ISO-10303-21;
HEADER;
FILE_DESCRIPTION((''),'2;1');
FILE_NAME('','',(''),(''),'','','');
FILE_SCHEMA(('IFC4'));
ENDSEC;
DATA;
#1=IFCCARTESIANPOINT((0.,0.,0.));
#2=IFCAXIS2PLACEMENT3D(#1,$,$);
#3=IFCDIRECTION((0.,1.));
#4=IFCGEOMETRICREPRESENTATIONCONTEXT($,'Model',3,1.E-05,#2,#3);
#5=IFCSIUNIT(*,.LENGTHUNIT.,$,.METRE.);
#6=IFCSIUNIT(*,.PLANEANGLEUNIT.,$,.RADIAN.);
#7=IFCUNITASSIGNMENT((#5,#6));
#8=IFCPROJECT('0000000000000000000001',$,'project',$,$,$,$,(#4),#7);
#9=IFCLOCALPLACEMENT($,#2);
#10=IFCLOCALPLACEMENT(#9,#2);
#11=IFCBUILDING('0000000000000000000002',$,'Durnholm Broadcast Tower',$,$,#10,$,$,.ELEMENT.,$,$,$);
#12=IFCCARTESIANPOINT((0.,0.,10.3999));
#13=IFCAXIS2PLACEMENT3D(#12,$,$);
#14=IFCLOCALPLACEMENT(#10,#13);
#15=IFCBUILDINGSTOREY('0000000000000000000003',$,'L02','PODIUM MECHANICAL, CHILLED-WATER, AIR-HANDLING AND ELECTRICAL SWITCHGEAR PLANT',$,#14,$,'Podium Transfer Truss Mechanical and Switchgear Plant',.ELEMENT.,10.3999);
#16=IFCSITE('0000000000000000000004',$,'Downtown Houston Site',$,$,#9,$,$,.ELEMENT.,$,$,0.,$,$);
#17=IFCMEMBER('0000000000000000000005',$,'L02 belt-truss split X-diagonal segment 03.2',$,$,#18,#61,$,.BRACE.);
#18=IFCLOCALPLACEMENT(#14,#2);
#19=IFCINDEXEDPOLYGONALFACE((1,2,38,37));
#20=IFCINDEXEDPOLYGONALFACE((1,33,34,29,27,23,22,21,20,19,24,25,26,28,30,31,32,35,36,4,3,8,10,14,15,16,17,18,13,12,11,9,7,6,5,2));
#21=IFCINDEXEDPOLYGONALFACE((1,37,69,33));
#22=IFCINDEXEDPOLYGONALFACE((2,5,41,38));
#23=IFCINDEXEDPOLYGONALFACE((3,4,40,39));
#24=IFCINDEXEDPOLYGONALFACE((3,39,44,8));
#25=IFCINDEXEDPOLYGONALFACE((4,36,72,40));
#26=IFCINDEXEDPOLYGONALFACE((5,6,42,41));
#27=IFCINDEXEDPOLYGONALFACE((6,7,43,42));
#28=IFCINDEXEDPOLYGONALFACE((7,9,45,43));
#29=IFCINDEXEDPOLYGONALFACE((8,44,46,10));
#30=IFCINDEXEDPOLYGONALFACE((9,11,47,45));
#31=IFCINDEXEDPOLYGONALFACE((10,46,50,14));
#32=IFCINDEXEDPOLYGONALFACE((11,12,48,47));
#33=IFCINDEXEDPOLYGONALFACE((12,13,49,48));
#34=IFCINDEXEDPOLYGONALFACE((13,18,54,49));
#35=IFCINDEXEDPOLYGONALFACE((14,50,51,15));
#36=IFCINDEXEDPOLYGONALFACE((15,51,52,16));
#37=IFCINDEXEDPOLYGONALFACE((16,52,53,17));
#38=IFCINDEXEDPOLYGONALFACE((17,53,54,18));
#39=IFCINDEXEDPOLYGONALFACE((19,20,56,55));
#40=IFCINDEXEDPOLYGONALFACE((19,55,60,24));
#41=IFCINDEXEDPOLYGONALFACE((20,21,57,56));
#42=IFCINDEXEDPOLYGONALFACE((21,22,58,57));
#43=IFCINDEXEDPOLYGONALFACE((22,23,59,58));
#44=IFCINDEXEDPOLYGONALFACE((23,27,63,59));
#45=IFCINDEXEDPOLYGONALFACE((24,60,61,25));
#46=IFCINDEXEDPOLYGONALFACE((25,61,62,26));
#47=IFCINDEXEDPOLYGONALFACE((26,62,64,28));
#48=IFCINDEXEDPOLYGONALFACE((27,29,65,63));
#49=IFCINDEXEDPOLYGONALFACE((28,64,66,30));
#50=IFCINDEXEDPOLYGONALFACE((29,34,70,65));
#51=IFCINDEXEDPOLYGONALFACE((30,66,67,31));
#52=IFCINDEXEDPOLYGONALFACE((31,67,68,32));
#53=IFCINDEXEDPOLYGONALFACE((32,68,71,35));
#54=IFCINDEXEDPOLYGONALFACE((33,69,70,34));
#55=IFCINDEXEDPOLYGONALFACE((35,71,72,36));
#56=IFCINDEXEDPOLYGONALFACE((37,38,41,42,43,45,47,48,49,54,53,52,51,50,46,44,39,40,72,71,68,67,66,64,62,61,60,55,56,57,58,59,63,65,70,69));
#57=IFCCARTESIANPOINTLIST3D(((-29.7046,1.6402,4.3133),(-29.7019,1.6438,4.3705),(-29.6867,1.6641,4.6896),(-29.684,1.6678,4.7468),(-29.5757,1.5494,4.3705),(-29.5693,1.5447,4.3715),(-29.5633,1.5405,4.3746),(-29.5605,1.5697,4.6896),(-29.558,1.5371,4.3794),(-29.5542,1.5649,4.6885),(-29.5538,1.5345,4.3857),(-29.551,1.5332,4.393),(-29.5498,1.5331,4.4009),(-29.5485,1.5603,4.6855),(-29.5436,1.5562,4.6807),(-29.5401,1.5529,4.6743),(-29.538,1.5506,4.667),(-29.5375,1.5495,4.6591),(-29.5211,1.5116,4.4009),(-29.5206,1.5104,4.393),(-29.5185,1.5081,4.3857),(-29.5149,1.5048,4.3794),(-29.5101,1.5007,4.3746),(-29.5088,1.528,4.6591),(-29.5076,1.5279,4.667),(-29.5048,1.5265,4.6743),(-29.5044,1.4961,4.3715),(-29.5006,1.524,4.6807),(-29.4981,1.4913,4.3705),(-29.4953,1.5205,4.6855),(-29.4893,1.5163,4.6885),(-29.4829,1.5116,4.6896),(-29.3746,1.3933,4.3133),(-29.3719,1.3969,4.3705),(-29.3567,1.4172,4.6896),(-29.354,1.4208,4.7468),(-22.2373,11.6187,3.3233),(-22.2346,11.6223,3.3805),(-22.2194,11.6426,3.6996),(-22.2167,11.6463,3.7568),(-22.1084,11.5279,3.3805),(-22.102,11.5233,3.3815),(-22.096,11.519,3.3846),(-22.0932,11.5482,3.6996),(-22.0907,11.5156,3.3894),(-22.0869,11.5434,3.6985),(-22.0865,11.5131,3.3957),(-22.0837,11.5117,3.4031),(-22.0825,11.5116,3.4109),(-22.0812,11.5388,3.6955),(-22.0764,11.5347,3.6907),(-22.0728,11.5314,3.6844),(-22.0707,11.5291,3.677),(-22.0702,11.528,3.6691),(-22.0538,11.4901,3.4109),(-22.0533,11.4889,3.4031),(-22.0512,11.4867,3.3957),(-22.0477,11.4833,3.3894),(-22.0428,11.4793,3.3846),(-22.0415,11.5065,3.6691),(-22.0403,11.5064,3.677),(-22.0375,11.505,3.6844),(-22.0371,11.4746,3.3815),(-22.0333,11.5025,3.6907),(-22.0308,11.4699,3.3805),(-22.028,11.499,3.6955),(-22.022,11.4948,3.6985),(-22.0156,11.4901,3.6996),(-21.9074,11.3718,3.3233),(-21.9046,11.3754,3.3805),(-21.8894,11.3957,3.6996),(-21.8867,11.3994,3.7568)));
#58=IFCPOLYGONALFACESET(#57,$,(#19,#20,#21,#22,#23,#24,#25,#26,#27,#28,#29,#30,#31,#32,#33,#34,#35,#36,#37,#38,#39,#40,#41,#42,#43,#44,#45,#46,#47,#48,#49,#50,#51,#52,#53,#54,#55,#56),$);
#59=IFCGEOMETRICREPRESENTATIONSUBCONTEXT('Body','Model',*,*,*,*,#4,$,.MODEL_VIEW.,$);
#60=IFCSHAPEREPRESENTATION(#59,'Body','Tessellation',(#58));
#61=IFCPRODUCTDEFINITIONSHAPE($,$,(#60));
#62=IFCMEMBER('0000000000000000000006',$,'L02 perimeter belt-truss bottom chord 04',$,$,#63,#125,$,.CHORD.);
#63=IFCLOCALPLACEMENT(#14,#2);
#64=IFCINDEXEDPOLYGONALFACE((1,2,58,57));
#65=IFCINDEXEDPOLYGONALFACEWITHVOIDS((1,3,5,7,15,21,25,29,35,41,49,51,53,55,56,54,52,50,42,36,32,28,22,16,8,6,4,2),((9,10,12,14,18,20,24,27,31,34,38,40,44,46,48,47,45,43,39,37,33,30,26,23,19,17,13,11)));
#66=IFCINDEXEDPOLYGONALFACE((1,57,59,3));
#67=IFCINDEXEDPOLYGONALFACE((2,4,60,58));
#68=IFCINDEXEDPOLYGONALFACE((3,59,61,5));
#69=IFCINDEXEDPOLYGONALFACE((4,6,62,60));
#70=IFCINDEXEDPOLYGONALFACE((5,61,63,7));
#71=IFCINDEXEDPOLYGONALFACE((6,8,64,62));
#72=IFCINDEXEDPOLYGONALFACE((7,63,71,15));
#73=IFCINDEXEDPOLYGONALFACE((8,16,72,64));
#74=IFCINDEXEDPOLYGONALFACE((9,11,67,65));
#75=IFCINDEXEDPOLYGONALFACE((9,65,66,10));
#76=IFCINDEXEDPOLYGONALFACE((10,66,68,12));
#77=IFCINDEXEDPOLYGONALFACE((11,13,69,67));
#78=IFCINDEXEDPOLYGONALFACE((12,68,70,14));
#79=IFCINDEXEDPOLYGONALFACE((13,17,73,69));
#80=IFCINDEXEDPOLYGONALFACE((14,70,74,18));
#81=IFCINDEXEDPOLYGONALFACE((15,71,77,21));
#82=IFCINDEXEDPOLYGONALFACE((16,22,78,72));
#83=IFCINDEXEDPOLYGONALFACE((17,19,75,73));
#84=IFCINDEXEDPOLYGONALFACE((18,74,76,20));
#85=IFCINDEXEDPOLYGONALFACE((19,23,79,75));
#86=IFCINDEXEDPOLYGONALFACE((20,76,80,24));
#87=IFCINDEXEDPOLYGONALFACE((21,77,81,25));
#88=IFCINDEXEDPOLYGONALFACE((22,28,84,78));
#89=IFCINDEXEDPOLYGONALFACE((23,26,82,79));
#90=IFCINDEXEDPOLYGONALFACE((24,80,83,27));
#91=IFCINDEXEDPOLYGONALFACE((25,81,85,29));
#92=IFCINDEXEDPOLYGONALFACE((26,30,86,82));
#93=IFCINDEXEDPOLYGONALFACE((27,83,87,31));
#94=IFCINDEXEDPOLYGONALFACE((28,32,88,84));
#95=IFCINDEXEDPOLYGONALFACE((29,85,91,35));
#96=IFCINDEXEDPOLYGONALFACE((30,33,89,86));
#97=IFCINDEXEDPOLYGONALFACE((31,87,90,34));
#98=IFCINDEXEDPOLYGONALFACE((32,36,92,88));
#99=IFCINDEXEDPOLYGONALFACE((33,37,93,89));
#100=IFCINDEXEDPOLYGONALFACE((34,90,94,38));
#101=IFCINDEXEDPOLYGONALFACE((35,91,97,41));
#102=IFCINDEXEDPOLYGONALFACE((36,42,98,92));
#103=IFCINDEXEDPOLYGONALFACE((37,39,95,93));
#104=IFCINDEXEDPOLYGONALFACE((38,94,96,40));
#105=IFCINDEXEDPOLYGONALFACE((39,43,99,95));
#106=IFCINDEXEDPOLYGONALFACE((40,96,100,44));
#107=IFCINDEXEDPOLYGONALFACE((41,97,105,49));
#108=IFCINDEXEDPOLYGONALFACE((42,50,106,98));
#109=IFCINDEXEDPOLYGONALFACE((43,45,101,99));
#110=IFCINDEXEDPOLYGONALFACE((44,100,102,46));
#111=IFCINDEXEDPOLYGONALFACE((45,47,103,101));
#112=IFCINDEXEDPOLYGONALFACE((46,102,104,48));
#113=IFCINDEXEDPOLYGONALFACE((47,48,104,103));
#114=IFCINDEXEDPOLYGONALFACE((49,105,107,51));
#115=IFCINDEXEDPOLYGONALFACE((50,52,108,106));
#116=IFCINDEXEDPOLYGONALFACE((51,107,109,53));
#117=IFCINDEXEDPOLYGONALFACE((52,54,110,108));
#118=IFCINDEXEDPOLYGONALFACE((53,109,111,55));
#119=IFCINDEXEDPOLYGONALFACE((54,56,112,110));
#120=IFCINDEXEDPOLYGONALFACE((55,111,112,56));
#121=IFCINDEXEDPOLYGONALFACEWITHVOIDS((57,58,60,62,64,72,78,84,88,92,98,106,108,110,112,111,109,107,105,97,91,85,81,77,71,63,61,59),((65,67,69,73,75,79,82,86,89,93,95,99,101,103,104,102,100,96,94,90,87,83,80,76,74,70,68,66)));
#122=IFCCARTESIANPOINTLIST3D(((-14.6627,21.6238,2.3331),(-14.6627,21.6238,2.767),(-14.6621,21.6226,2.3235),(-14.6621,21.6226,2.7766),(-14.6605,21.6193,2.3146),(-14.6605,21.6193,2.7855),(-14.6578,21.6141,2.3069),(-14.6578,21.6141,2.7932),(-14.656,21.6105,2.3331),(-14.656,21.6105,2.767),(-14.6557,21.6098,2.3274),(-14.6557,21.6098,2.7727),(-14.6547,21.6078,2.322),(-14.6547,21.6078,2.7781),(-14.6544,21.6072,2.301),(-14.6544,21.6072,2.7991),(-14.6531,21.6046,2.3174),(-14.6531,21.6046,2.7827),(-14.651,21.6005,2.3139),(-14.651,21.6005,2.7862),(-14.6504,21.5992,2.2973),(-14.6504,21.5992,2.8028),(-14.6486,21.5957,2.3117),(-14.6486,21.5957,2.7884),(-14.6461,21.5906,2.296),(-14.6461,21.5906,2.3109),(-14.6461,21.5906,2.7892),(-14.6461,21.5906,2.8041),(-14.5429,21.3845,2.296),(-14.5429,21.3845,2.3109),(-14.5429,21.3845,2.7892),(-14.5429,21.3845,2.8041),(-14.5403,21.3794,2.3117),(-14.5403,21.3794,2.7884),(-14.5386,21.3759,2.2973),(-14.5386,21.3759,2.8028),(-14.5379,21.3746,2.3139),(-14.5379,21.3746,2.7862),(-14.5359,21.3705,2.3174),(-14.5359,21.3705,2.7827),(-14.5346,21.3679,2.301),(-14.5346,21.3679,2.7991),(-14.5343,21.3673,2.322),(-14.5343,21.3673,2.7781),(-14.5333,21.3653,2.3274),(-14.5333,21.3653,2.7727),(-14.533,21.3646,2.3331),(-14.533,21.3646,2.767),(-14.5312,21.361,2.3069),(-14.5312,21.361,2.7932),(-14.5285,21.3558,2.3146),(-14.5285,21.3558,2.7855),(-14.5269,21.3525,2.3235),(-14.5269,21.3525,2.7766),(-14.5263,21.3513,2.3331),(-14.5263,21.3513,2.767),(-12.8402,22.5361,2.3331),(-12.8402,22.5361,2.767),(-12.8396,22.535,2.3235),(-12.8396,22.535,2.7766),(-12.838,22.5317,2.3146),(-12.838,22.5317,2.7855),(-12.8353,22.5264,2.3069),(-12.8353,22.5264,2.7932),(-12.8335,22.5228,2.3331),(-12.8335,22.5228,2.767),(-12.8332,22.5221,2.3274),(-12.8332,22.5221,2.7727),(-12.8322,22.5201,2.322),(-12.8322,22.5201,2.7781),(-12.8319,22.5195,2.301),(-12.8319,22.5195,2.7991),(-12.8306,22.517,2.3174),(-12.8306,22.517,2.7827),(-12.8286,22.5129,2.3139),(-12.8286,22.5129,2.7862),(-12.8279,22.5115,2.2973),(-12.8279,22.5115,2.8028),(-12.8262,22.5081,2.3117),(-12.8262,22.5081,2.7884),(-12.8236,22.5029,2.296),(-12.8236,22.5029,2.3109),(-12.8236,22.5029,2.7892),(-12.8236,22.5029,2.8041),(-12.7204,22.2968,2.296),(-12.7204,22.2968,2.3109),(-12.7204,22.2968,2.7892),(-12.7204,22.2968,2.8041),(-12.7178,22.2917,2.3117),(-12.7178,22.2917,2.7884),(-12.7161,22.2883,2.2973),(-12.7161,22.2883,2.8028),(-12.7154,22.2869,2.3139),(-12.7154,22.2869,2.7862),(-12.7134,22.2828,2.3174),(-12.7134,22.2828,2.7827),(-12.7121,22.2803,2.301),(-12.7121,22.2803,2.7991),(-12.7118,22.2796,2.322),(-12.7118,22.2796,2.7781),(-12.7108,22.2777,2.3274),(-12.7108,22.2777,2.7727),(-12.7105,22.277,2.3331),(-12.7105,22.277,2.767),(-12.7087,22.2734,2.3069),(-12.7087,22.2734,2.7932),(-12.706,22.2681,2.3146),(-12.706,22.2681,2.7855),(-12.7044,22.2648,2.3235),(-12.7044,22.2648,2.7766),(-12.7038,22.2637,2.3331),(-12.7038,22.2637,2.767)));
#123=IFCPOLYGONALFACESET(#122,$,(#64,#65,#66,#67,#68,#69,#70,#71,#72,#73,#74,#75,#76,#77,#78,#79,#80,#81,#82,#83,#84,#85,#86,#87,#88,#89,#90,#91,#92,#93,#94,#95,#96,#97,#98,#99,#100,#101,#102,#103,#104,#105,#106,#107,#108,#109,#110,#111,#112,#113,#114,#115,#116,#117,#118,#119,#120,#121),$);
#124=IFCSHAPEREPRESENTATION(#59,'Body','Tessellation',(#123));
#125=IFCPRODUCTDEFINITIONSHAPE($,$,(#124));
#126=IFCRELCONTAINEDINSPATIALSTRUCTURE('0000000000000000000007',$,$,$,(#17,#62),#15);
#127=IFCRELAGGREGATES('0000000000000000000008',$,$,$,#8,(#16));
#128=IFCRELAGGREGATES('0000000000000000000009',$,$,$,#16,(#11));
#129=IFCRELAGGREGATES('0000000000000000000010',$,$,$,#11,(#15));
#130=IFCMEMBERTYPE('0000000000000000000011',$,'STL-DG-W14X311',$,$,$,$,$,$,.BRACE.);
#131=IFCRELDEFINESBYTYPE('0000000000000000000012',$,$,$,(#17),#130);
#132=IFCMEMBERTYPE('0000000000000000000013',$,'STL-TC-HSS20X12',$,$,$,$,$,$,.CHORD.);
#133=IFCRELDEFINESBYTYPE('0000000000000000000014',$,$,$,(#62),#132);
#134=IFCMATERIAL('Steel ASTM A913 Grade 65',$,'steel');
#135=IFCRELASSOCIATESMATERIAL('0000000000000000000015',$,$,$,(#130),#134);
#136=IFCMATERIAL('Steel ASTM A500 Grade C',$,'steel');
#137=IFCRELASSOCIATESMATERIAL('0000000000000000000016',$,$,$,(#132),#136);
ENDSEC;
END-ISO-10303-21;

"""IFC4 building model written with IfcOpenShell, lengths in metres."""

from ifc_helpers import new_model, si_unit, direction, frame, origin, origin_2d, place, context, subcontext, project, spatial, hollow_rectangle, i_section, extrude, source, transform, mapped, material, material_profile, profile_set, type_object, type_shapes, element, save


model = new_model("IFC4")

# Units and contexts
model_context = context("Model", 3, precision=1e-05, world=origin(), true_north=direction((0.0, 1.0)))
body_context = subcontext(model_context, "Body", "Model", "MODEL_VIEW")
ifc_project = project(units=[si_unit("LENGTHUNIT", "METRE"), si_unit("PLANEANGLEUNIT", "RADIAN")], contexts=[model_context])

# Site, building, storey
site_placement = place(None, origin())
site = spatial("IfcSite", under=ifc_project, at=site_placement, Name="Downtown Houston Site", CompositionType="ELEMENT", RefElevation=0.0)
building_placement = place(site_placement, origin())
building = spatial("IfcBuilding", under=site, at=building_placement, Name="Durnholm Broadcast Tower", CompositionType="ELEMENT")
storey_placement = place(building_placement, frame((0.0, 0.0, 10.3999)))
storey = spatial("IfcBuildingStorey", under=building, at=storey_placement, Name="L02", Description="PODIUM MECHANICAL, CHILLED-WATER, AIR-HANDLING AND ELECTRICAL SWITCHGEAR PLANT", LongName="Podium Transfer Truss Mechanical and Switchgear Plant", CompositionType="ELEMENT", Elevation=10.3999)

# Shared definitions
ifc_material_1 = material(Name="Steel ASTM A913 Grade 65", Category="steel")

# Members
ifc_material_profile_1 = material_profile(ifc_material_1, i_section(OverallWidth=0.4121, OverallDepth=0.4348, WebThickness=0.0359, FlangeThickness=0.0574, FilletRadius=0.0305, at=origin_2d()), Name="W14X311")
ifc_profile_set_1 = profile_set([ifc_material_profile_1], Name="Steel ASTM A913 Grade 65")
member_type_1 = type_object("IfcMemberType", Name="STL-DG-W14X311", PredefinedType="BRACE", material=ifc_profile_set_1)
shared_shape_1 = source(origin(), body_context, "Body", "SweptSolid", [
    extrude(i_section(OverallWidth=0.4121, OverallDepth=0.4348, WebThickness=0.0359, FlangeThickness=0.0574, FilletRadius=0.0305, at=origin_2d()), origin(), (0.0, 0.0, 1.0), 12.5024),
])
member_1_placement = place(storey_placement, frame((-22.062, 11.509, 3.54), z_axis=(-0.597266, -0.798125, 0.079184), x_axis=(0.800639, -0.599147, 0.0)))
element("IfcMember", 1, at=member_1_placement, inside=storey, type_object=member_type_1, Name="L02 belt-truss split X-diagonal segment 03.2", PredefinedType="BRACE", context=body_context, shape_type="MappedRepresentation", body=[
    mapped(shared_shape_1, transform((0.0, 0.0, 0.0), x_axis=(1.0, 0.0, 0.0), y_axis=(0.0, 1.0, 0.0), z_axis=(0.0, 0.0, 1.0), scale=1.0)),
])
ifc_material_2 = material(Name="Steel ASTM A500 Grade C", Category="steel")
ifc_material_profile_2 = material_profile(ifc_material_2, hollow_rectangle(XDim=0.3047, YDim=0.5081, WallThickness=0.0149, InnerFilletRadius=0.0222, OuterFilletRadius=0.0371, at=origin_2d()), Name="HSS20X12X5/8")
ifc_profile_set_2 = profile_set([ifc_material_profile_2], Name="Steel ASTM A500 Grade C")
member_type_2 = type_object("IfcMemberType", Name="STL-TC-HSS20X12", PredefinedType="CHORD", material=ifc_profile_set_2)
shared_shape_2 = source(origin(), body_context, "Body", "SweptSolid", [
    extrude(hollow_rectangle(XDim=0.3047, YDim=0.5081, WallThickness=0.0149, InnerFilletRadius=0.0222, OuterFilletRadius=0.0371, at=origin_2d()), origin(), (0.0, 0.0, 1.0), 2.0381),
])
type_shapes(member_type_2, [shared_shape_2])
member_2_placement = place(storey_placement, frame((-14.5945, 21.4875, 2.55), z_axis=(0.894211, 0.447645, 0.0), x_axis=(-0.447645, 0.894211, 0.0)))
element("IfcMember", 2, at=member_2_placement, inside=storey, type_object=member_type_2, Name="L02 perimeter belt-truss bottom chord 04", PredefinedType="CHORD", context=body_context, shape_type="MappedRepresentation", body=[
    mapped(shared_shape_2, transform((0.0, 0.0, 0.0), x_axis=(1.0, 0.0, 0.0), y_axis=(0.0, 1.0, 0.0), z_axis=(0.0, 0.0, 1.0), scale=1.0)),
])

save(model, "model.ifc")
